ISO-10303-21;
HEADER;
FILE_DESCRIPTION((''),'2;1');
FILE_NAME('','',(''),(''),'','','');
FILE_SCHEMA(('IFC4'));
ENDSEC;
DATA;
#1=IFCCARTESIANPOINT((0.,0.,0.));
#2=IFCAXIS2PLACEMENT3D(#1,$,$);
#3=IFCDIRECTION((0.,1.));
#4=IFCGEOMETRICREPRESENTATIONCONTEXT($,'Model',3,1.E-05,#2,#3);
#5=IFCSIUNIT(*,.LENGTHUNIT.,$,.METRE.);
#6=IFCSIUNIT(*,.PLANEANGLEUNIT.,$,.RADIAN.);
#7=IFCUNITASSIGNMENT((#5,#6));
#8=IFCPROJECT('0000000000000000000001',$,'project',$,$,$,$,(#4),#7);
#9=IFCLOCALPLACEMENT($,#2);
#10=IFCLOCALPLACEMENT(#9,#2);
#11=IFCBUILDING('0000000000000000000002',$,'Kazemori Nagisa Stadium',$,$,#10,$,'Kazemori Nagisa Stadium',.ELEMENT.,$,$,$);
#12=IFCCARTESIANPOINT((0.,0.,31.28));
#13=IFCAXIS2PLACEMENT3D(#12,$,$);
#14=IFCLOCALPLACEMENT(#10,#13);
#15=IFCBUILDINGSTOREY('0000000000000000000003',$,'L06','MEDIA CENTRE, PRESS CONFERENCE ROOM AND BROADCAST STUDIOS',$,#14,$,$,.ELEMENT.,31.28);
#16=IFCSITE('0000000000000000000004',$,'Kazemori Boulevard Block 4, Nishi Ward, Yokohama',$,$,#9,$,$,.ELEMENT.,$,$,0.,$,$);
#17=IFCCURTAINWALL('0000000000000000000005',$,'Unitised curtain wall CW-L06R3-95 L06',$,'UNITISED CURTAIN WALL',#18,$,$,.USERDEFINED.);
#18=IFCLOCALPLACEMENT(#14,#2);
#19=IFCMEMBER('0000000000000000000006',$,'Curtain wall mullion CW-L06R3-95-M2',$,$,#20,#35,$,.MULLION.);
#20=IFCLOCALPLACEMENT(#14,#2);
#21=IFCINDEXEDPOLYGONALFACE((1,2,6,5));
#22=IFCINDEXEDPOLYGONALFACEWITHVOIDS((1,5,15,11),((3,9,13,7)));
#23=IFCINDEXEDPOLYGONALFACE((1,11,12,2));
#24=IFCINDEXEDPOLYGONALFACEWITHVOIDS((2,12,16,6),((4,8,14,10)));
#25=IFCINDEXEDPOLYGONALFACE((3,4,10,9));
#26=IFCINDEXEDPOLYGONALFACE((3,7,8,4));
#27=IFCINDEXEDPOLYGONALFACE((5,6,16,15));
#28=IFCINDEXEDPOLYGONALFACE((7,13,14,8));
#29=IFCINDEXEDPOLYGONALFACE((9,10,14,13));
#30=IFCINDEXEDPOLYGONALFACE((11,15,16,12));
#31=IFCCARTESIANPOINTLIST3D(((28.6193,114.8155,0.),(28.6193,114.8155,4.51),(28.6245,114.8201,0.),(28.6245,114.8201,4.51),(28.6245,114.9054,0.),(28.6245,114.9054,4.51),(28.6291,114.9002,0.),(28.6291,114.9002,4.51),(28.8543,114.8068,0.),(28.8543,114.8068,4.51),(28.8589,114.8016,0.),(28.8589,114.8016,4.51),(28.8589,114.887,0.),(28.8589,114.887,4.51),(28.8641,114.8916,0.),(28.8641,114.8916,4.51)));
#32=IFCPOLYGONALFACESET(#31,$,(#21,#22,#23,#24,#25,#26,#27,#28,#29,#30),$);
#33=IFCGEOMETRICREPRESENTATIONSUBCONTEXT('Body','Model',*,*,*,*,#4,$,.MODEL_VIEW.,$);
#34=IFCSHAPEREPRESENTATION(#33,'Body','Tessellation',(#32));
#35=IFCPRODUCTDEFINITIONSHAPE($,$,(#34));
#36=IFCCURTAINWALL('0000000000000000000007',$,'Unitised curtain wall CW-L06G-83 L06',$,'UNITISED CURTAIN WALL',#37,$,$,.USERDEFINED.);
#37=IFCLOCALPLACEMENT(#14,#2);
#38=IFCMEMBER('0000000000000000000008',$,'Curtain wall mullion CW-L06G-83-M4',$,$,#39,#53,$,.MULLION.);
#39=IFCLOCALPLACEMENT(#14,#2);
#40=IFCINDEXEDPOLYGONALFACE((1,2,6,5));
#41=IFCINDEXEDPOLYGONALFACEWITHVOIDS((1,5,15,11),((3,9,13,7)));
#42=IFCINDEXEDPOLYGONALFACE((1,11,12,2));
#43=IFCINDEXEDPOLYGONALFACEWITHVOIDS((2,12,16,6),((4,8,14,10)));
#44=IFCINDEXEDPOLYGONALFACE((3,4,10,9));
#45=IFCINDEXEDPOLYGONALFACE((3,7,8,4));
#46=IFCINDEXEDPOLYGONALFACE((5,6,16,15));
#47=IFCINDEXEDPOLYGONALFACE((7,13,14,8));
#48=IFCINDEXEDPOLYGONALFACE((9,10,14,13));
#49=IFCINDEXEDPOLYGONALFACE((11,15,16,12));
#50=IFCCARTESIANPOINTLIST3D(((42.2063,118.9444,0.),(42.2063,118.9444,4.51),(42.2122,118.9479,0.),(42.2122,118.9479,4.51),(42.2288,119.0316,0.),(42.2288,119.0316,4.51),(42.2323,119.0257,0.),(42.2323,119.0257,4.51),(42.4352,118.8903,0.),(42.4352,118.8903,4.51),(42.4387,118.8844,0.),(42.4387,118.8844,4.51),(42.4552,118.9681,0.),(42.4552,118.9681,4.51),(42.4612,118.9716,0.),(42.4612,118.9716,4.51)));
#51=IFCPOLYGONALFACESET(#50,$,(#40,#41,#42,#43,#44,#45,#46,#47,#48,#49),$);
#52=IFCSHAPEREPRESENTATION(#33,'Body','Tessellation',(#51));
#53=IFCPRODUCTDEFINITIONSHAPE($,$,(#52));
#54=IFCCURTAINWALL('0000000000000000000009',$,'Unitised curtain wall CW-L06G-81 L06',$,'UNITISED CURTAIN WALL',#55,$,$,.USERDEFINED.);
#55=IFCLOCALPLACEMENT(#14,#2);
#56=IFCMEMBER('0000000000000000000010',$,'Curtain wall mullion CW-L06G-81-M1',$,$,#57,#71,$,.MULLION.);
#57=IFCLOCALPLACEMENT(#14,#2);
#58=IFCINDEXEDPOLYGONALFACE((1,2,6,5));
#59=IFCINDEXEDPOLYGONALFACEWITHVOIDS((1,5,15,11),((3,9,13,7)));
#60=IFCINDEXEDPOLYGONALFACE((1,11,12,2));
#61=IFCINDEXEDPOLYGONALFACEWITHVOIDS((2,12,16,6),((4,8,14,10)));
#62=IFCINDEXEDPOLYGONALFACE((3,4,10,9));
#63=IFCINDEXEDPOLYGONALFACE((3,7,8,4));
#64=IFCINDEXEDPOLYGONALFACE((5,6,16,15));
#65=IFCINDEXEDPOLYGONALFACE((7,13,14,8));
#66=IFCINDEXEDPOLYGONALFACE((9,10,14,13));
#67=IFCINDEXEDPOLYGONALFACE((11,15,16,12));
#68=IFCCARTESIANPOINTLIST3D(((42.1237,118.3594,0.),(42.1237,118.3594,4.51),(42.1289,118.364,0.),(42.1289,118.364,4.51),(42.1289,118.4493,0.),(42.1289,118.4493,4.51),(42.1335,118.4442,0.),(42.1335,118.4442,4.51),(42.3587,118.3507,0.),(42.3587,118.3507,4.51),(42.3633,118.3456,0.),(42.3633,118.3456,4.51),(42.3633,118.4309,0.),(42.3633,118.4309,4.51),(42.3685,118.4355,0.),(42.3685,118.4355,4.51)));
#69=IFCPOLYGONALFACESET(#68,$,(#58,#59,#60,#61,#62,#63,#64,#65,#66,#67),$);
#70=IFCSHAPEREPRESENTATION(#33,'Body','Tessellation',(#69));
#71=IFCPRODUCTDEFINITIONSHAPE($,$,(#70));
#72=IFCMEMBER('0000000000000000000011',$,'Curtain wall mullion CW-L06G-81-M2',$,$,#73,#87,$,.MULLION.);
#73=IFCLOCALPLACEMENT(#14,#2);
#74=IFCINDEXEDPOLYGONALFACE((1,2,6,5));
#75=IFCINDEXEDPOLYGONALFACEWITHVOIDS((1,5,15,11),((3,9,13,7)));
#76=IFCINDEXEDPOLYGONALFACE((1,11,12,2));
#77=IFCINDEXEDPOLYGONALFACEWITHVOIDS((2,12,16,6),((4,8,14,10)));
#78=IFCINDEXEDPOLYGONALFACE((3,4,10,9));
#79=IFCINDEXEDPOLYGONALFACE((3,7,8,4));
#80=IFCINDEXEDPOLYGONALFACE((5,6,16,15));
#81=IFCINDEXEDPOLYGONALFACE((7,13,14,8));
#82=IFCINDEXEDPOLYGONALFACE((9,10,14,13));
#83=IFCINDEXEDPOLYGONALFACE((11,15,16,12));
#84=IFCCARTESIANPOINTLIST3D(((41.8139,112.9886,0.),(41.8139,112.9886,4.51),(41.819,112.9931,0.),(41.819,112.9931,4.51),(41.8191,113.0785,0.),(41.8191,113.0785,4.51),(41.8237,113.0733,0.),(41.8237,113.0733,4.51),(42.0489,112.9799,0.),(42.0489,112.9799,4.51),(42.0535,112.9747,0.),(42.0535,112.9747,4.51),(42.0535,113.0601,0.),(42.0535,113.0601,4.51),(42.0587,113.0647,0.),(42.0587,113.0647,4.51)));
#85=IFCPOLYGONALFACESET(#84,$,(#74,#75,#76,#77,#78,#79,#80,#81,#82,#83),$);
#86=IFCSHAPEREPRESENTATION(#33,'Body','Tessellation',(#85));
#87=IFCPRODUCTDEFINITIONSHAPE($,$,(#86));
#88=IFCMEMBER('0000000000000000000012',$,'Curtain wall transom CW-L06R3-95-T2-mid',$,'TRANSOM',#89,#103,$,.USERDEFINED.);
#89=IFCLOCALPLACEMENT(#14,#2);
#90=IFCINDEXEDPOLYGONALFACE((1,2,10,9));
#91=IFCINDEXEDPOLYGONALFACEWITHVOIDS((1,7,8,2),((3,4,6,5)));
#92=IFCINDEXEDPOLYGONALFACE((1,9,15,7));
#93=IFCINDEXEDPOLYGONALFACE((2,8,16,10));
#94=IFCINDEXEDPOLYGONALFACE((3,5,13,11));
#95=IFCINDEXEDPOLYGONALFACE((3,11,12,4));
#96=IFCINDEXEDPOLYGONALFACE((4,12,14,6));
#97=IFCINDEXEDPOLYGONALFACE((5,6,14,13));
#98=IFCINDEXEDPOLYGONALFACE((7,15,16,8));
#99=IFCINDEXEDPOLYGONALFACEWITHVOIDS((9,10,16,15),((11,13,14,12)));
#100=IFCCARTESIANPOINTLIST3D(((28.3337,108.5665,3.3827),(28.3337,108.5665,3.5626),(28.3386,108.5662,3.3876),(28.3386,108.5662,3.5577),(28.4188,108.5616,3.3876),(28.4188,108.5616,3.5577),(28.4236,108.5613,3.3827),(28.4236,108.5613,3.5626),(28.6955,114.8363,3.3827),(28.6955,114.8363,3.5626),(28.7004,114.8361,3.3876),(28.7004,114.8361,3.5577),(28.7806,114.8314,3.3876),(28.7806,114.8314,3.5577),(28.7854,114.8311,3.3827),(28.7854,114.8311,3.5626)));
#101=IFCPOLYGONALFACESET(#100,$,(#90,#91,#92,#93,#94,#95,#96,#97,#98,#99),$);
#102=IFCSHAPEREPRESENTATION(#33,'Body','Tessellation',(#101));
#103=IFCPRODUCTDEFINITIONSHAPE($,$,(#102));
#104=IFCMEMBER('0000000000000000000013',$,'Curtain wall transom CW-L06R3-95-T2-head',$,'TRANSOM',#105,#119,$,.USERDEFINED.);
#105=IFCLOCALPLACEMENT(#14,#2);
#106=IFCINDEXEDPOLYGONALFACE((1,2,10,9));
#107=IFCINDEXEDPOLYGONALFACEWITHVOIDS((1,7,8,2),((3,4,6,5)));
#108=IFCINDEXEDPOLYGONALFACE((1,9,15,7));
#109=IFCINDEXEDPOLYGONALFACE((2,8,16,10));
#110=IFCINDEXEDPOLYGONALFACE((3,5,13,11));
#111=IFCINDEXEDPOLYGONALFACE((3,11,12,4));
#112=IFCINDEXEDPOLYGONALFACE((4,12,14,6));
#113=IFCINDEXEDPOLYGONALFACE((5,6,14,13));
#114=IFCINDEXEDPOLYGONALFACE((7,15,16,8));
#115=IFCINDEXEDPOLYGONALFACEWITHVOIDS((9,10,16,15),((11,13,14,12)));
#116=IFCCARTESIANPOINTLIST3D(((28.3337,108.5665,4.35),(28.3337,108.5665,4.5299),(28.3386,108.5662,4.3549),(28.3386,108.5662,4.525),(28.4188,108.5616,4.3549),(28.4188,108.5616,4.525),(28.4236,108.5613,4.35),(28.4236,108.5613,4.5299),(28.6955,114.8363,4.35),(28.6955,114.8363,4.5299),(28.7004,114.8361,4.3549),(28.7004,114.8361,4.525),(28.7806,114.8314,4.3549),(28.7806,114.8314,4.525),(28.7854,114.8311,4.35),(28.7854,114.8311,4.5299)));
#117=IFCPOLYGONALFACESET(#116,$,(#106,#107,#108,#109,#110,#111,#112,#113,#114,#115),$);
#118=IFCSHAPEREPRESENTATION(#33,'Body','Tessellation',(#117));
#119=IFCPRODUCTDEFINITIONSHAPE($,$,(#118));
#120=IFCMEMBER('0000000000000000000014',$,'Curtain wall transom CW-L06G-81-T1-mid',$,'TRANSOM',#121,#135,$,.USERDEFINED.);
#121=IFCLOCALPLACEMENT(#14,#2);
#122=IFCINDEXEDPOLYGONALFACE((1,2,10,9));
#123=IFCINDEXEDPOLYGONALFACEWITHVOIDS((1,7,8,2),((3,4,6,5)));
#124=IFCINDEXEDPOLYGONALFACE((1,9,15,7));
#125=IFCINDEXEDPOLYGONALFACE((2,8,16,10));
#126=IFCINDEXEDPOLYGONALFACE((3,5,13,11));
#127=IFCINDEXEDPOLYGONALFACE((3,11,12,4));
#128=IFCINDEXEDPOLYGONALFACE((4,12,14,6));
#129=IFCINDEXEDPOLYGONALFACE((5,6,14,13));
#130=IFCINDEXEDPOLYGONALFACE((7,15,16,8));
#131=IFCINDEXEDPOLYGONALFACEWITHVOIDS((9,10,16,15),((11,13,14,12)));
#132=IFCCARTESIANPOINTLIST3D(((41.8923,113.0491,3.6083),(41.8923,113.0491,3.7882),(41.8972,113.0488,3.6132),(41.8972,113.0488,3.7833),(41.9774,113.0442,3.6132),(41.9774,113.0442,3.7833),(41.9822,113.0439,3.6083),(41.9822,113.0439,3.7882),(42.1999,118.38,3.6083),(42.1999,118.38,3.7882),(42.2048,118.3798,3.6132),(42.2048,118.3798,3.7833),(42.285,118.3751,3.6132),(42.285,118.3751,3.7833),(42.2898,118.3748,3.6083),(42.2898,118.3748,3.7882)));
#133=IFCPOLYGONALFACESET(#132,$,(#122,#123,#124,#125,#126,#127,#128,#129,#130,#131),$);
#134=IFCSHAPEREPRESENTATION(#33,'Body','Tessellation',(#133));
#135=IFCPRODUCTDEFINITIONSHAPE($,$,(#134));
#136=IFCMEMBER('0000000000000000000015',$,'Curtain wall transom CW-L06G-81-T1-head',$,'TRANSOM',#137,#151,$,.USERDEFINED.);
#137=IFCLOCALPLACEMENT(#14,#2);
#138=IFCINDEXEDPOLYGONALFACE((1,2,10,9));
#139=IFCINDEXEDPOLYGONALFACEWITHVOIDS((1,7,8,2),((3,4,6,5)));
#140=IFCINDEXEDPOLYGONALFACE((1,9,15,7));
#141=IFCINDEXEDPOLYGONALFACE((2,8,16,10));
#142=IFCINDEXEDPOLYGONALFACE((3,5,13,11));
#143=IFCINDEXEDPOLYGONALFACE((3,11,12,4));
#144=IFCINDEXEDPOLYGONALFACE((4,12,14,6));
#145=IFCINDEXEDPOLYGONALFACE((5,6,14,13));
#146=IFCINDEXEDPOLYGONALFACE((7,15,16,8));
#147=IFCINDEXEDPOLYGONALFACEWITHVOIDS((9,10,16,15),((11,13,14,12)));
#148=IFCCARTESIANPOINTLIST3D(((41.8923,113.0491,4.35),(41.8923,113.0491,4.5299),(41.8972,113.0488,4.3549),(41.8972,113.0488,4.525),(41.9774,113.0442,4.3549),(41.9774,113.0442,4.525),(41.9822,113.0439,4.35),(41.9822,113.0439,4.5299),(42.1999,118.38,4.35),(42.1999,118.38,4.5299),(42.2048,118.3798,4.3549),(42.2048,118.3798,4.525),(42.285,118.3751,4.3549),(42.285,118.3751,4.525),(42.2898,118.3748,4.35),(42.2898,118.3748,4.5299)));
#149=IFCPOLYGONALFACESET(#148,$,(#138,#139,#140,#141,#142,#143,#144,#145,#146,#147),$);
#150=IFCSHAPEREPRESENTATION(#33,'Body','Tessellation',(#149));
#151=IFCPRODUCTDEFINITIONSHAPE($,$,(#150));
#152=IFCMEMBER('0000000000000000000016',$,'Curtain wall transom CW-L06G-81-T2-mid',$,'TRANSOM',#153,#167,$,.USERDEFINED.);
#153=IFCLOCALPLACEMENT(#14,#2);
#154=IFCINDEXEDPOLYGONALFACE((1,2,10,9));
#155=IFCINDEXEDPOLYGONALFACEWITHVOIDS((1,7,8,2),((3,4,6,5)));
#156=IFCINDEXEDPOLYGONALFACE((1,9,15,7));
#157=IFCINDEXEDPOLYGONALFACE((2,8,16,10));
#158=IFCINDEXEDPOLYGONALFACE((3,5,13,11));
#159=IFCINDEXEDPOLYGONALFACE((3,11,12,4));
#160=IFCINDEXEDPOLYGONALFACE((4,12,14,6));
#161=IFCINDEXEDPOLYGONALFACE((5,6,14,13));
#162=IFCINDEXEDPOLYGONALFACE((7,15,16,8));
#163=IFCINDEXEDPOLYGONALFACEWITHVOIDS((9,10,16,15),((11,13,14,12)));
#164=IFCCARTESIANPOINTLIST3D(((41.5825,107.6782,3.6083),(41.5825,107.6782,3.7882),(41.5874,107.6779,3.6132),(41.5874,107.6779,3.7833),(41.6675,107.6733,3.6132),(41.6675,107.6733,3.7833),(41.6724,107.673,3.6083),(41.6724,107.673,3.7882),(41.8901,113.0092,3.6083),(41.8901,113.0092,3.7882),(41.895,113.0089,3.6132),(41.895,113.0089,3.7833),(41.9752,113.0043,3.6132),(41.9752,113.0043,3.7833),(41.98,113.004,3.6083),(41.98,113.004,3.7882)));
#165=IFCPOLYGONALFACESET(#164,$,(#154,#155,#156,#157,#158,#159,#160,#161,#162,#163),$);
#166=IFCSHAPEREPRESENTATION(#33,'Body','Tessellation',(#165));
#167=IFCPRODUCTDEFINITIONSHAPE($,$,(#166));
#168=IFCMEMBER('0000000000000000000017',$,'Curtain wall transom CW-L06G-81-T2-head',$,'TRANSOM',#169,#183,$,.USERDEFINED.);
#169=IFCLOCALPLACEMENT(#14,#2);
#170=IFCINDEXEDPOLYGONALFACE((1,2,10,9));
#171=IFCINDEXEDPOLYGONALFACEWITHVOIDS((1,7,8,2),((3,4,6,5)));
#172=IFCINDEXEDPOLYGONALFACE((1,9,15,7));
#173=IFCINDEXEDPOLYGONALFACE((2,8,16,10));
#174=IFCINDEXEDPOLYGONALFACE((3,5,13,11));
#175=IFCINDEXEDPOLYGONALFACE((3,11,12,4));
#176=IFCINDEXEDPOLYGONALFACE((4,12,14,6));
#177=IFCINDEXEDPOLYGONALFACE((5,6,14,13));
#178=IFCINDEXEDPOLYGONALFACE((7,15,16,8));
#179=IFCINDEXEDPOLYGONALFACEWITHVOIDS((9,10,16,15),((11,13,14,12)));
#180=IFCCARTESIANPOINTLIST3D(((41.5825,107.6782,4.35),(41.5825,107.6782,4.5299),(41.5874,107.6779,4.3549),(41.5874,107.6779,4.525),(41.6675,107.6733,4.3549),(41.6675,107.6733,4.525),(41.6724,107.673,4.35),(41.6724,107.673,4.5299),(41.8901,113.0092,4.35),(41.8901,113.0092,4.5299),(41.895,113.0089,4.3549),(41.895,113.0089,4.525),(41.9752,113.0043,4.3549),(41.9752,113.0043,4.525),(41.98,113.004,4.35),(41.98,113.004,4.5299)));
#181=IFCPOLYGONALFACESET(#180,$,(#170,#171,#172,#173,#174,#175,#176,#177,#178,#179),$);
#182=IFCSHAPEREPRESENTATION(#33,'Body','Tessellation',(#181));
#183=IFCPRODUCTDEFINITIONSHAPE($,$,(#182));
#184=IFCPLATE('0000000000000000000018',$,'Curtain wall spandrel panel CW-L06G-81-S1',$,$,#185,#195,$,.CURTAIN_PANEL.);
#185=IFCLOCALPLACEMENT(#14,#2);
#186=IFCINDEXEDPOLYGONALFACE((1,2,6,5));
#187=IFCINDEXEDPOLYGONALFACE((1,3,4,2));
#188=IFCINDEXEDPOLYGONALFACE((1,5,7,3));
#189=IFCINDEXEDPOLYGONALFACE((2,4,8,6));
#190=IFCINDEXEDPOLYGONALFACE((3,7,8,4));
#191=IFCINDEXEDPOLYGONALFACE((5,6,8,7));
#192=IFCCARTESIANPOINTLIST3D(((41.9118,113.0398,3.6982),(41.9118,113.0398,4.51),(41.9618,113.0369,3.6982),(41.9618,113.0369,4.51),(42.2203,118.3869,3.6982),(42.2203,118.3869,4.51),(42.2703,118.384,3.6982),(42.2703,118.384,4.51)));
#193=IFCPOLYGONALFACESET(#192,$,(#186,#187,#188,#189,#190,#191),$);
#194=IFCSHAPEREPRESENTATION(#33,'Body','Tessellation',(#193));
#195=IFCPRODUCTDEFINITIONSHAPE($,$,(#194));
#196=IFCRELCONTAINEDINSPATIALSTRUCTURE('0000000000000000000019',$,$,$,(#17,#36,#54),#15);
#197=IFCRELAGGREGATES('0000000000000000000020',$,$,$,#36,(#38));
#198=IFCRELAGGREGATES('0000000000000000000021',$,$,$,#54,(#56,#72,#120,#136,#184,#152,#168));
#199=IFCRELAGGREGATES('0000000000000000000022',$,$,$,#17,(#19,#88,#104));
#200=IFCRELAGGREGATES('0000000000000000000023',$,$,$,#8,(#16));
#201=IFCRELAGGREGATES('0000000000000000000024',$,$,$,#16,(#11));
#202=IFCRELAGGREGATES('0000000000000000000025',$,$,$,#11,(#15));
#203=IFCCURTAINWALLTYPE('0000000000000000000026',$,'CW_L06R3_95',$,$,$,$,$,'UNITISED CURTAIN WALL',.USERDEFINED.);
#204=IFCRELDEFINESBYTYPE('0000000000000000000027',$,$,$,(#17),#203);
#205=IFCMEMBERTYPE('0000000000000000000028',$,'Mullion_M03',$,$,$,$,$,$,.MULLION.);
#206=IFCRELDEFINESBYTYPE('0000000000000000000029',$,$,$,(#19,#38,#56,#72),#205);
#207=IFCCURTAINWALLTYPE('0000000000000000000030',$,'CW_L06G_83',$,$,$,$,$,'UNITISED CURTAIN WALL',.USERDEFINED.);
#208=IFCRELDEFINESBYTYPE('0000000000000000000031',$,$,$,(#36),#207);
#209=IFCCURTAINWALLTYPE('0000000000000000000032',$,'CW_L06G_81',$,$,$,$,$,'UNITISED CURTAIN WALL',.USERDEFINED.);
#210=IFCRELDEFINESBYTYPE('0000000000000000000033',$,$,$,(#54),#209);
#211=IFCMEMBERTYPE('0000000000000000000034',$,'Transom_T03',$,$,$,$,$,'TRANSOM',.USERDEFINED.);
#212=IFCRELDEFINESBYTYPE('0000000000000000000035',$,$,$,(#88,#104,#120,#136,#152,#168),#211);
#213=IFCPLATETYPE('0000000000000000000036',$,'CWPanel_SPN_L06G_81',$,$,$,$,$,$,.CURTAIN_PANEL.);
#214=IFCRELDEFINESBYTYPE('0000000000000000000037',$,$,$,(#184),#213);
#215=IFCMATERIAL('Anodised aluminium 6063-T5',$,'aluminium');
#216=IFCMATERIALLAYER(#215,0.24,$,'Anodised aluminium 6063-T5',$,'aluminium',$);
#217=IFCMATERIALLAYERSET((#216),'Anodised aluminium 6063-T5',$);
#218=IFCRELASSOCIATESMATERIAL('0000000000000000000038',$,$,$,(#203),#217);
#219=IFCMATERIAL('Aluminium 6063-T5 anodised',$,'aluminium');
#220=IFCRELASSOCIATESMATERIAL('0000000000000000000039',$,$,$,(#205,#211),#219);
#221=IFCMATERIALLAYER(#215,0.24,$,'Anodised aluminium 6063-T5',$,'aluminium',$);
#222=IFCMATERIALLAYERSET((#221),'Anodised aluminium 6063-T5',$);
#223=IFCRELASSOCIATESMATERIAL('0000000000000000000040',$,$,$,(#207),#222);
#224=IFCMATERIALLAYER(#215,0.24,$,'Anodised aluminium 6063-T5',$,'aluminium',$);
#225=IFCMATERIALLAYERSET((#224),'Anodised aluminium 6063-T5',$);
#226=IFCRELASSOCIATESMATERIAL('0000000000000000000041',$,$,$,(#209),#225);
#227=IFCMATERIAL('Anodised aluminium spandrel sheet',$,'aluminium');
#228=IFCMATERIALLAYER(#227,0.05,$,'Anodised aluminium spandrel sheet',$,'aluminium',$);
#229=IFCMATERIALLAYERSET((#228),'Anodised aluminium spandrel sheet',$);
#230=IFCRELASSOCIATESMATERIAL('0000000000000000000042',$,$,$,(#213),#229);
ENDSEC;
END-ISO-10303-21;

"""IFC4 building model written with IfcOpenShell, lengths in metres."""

from ifc_helpers import new_model, si_unit, direction, frame, origin, origin_2d, place, context, subcontext, project, spatial, rectangle, hollow_rectangle, extrude, material, layer, layer_set, material_profile, profile_set, type_object, element, aggregate, save


model = new_model("IFC4")

# Units and contexts
model_context = context("Model", 3, precision=1e-05, world=origin(), true_north=direction((0.0, 1.0)))
body_context = subcontext(model_context, "Body", "Model", "MODEL_VIEW")
ifc_project = project(units=[si_unit("LENGTHUNIT", "METRE"), si_unit("PLANEANGLEUNIT", "RADIAN")], contexts=[model_context])

# Site, building, storey
site_placement = place(None, origin())
site = spatial("IfcSite", under=ifc_project, at=site_placement, Name="Kazemori Boulevard Block 4, Nishi Ward, Yokohama", CompositionType="ELEMENT", RefElevation=0.0)
building_placement = place(site_placement, origin())
building = spatial("IfcBuilding", under=site, at=building_placement, Name="Kazemori Nagisa Stadium", LongName="Kazemori Nagisa Stadium", CompositionType="ELEMENT")
storey_placement = place(building_placement, frame((0.0, 0.0, 31.28)))
storey = spatial("IfcBuildingStorey", under=building, at=storey_placement, Name="L06", Description="MEDIA CENTRE, PRESS CONFERENCE ROOM AND BROADCAST STUDIOS", CompositionType="ELEMENT", Elevation=31.28)

# Curtain walls, members
ifc_material_1 = material(Name="Anodised aluminium 6063-T5", Category="aluminium")
ifc_layer_1 = layer(ifc_material_1, 0.24, Name="Anodised aluminium 6063-T5", Category="aluminium")
ifc_layer_set_1 = layer_set([ifc_layer_1], Name="Anodised aluminium 6063-T5")
curtain_wall_type_1 = type_object("IfcCurtainWallType", Name="CW_L06R3_95", ElementType="UNITISED CURTAIN WALL", PredefinedType="USERDEFINED", material=ifc_layer_set_1)
curtain_wall_1_placement = place(storey_placement, origin())
curtain_wall_1 = element("IfcCurtainWall", 1, at=curtain_wall_1_placement, inside=storey, type_object=curtain_wall_type_1, Name="Unitised curtain wall CW-L06R3-95 L06", ObjectType="UNITISED CURTAIN WALL", PredefinedType="USERDEFINED")
ifc_material_2 = material(Name="Aluminium 6063-T5 anodised", Category="aluminium")
ifc_material_profile_1 = material_profile(ifc_material_2, hollow_rectangle(XDim=0.0901, YDim=0.24, WallThickness=0.0049, at=origin_2d()), Name="ALU-MULL-90x240x5")
ifc_profile_set_1 = profile_set([ifc_material_profile_1], Name="Aluminium 6063-T5 anodised")
member_type_1 = type_object("IfcMemberType", Name="Mullion_M03", PredefinedType="MULLION", material=ifc_profile_set_1)
member_1_placement = place(storey_placement, frame((28.7417, 114.8535, 0.0), z_axis=(0.0, 0.0, 1.0), x_axis=(-0.057602, -0.99834, 0.0)))
member_1 = element("IfcMember", 2, at=member_1_placement, type_object=member_type_1, Name="Curtain wall mullion CW-L06R3-95-M2", PredefinedType="MULLION", context=body_context, shape_type="SweptSolid", body=[
    extrude(hollow_rectangle(XDim=0.0901, YDim=0.24, WallThickness=0.0049, at=origin_2d()), origin(), (0.0, 0.0, 1.0), 4.51),
])
ifc_layer_2 = layer(ifc_material_1, 0.24, Name="Anodised aluminium 6063-T5", Category="aluminium")
ifc_layer_set_2 = layer_set([ifc_layer_2], Name="Anodised aluminium 6063-T5")
curtain_wall_type_2 = type_object("IfcCurtainWallType", Name="CW_L06G_83", ElementType="UNITISED CURTAIN WALL", PredefinedType="USERDEFINED", material=ifc_layer_set_2)
curtain_wall_2_placement = place(storey_placement, origin())
curtain_wall_2 = element("IfcCurtainWall", 3, at=curtain_wall_2_placement, inside=storey, type_object=curtain_wall_type_2, Name="Unitised curtain wall CW-L06G-83 L06", ObjectType="UNITISED CURTAIN WALL", PredefinedType="USERDEFINED")
member_2_placement = place(storey_placement, frame((42.3337, 118.958, 0.0), z_axis=(0.0, 0.0, 1.0), x_axis=(-0.249965, -0.968255, 0.0)))
member_2 = element("IfcMember", 4, at=member_2_placement, type_object=member_type_1, Name="Curtain wall mullion CW-L06G-83-M4", PredefinedType="MULLION", context=body_context, shape_type="SweptSolid", body=[
    extrude(hollow_rectangle(XDim=0.0901, YDim=0.24, WallThickness=0.0049, at=origin_2d()), origin(), (0.0, 0.0, 1.0), 4.51),
])
aggregate(curtain_wall_2, [member_2])

# Curtain wall, members
ifc_layer_3 = layer(ifc_material_1, 0.24, Name="Anodised aluminium 6063-T5", Category="aluminium")
ifc_layer_set_3 = layer_set([ifc_layer_3], Name="Anodised aluminium 6063-T5")
curtain_wall_type_3 = type_object("IfcCurtainWallType", Name="CW_L06G_81", ElementType="UNITISED CURTAIN WALL", PredefinedType="USERDEFINED", material=ifc_layer_set_3)
curtain_wall_3_placement = place(storey_placement, origin())
curtain_wall_3 = element("IfcCurtainWall", 5, at=curtain_wall_3_placement, inside=storey, type_object=curtain_wall_type_3, Name="Unitised curtain wall CW-L06G-81 L06", ObjectType="UNITISED CURTAIN WALL", PredefinedType="USERDEFINED")
member_3_placement = place(storey_placement, frame((42.2461, 118.3975, 0.0), z_axis=(0.0, 0.0, 1.0), x_axis=(-0.057602, -0.99834, 0.0)))
member_3 = element("IfcMember", 6, at=member_3_placement, type_object=member_type_1, Name="Curtain wall mullion CW-L06G-81-M1", PredefinedType="MULLION", context=body_context, shape_type="SweptSolid", body=[
    extrude(hollow_rectangle(XDim=0.0901, YDim=0.24, WallThickness=0.0049, at=origin_2d()), origin(), (0.0, 0.0, 1.0), 4.51),
])
member_4_placement = place(storey_placement, frame((41.9363, 113.0266, 0.0), z_axis=(0.0, 0.0, 1.0), x_axis=(-0.057602, -0.99834, 0.0)))
member_4 = element("IfcMember", 7, at=member_4_placement, type_object=member_type_1, Name="Curtain wall mullion CW-L06G-81-M2", PredefinedType="MULLION", context=body_context, shape_type="SweptSolid", body=[
    extrude(hollow_rectangle(XDim=0.0901, YDim=0.24, WallThickness=0.0049, at=origin_2d()), origin(), (0.0, 0.0, 1.0), 4.51),
])

# Members
ifc_material_profile_2 = material_profile(ifc_material_2, hollow_rectangle(XDim=0.0901, YDim=0.1799, WallThickness=0.0049, at=origin_2d()), Name="ALU-TRAN-90x180x5")
ifc_profile_set_2 = profile_set([ifc_material_profile_2], Name="Aluminium 6063-T5 anodised")
member_type_2 = type_object("IfcMemberType", Name="Transom_T03", ElementType="TRANSOM", PredefinedType="USERDEFINED", material=ifc_profile_set_2)
member_5_placement = place(storey_placement, frame((28.7405, 114.8337, 3.4727), z_axis=(-0.057612, -0.998339, 0.0), x_axis=(0.998339, -0.057612, 0.0)))
member_5 = element("IfcMember", 8, at=member_5_placement, type_object=member_type_2, Name="Curtain wall transom CW-L06R3-95-T2-mid", ObjectType="TRANSOM", PredefinedType="USERDEFINED", context=body_context, shape_type="SweptSolid", body=[
    extrude(hollow_rectangle(XDim=0.0901, YDim=0.1799, WallThickness=0.0049, at=origin_2d()), origin(), (0.0, 0.0, 1.0), 6.2803),
])
member_6_placement = place(storey_placement, frame((28.7405, 114.8337, 4.4399), z_axis=(-0.057612, -0.998339, 0.0), x_axis=(0.998339, -0.057612, 0.0)))
member_6 = element("IfcMember", 9, at=member_6_placement, type_object=member_type_2, Name="Curtain wall transom CW-L06R3-95-T2-head", ObjectType="TRANSOM", PredefinedType="USERDEFINED", context=body_context, shape_type="SweptSolid", body=[
    extrude(hollow_rectangle(XDim=0.0901, YDim=0.1799, WallThickness=0.0049, at=origin_2d()), origin(), (0.0, 0.0, 1.0), 6.2803),
])
member_7_placement = place(storey_placement, frame((42.2449, 118.3774, 3.6982), z_axis=(-0.057607, -0.998339, 0.0), x_axis=(0.998339, -0.057607, 0.0)))
member_7 = element("IfcMember", 10, at=member_7_placement, type_object=member_type_2, Name="Curtain wall transom CW-L06G-81-T1-mid", ObjectType="TRANSOM", PredefinedType="USERDEFINED", context=body_context, shape_type="SweptSolid", body=[
    extrude(hollow_rectangle(XDim=0.0901, YDim=0.1799, WallThickness=0.0049, at=origin_2d()), origin(), (0.0, 0.0, 1.0), 5.3398),
])
member_8_placement = place(storey_placement, frame((42.2449, 118.3774, 4.4399), z_axis=(-0.057607, -0.998339, 0.0), x_axis=(0.998339, -0.057607, 0.0)))
member_8 = element("IfcMember", 11, at=member_8_placement, type_object=member_type_2, Name="Curtain wall transom CW-L06G-81-T1-head", ObjectType="TRANSOM", PredefinedType="USERDEFINED", context=body_context, shape_type="SweptSolid", body=[
    extrude(hollow_rectangle(XDim=0.0901, YDim=0.1799, WallThickness=0.0049, at=origin_2d()), origin(), (0.0, 0.0, 1.0), 5.3398),
])
member_9_placement = place(storey_placement, frame((41.9351, 113.0066, 3.6982), z_axis=(-0.057607, -0.998339, 0.0), x_axis=(0.998339, -0.057607, 0.0)))
member_9 = element("IfcMember", 12, at=member_9_placement, type_object=member_type_2, Name="Curtain wall transom CW-L06G-81-T2-mid", ObjectType="TRANSOM", PredefinedType="USERDEFINED", context=body_context, shape_type="SweptSolid", body=[
    extrude(hollow_rectangle(XDim=0.0901, YDim=0.1799, WallThickness=0.0049, at=origin_2d()), origin(), (0.0, 0.0, 1.0), 5.3398),
])
member_10_placement = place(storey_placement, frame((41.9351, 113.0066, 4.4399), z_axis=(-0.057607, -0.998339, 0.0), x_axis=(0.998339, -0.057607, 0.0)))
member_10 = element("IfcMember", 13, at=member_10_placement, type_object=member_type_2, Name="Curtain wall transom CW-L06G-81-T2-head", ObjectType="TRANSOM", PredefinedType="USERDEFINED", context=body_context, shape_type="SweptSolid", body=[
    extrude(hollow_rectangle(XDim=0.0901, YDim=0.1799, WallThickness=0.0049, at=origin_2d()), origin(), (0.0, 0.0, 1.0), 5.3398),
])

# Plate
ifc_material_3 = material(Name="Anodised aluminium spandrel sheet", Category="aluminium")
ifc_layer_4 = layer(ifc_material_3, 0.05, Name="Anodised aluminium spandrel sheet", Category="aluminium")
ifc_layer_set_4 = layer_set([ifc_layer_4], Name="Anodised aluminium spandrel sheet")
plate_type_1 = type_object("IfcPlateType", Name="CWPanel_SPN_L06G_81", PredefinedType="CURTAIN_PANEL", material=ifc_layer_set_4)
plate_1_placement = place(storey_placement, frame((42.0911, 115.7119, 3.6982), z_axis=(0.0, 0.0, 1.0), x_axis=(-0.057602, -0.99834, 0.0)))
plate_1 = element("IfcPlate", 14, at=plate_1_placement, type_object=plate_type_1, Name="Curtain wall spandrel panel CW-L06G-81-S1", PredefinedType="CURTAIN_PANEL", context=body_context, shape_type="SweptSolid", body=[
    extrude(rectangle(XDim=5.356, YDim=0.05, at=origin_2d()), origin(), (0.0, 0.0, 1.0), 0.8118),
])
aggregate(curtain_wall_3, [member_3, member_4, member_7, member_8, plate_1, member_9, member_10])
aggregate(curtain_wall_1, [member_1, member_5, member_6])

save(model, "model.ifc")
